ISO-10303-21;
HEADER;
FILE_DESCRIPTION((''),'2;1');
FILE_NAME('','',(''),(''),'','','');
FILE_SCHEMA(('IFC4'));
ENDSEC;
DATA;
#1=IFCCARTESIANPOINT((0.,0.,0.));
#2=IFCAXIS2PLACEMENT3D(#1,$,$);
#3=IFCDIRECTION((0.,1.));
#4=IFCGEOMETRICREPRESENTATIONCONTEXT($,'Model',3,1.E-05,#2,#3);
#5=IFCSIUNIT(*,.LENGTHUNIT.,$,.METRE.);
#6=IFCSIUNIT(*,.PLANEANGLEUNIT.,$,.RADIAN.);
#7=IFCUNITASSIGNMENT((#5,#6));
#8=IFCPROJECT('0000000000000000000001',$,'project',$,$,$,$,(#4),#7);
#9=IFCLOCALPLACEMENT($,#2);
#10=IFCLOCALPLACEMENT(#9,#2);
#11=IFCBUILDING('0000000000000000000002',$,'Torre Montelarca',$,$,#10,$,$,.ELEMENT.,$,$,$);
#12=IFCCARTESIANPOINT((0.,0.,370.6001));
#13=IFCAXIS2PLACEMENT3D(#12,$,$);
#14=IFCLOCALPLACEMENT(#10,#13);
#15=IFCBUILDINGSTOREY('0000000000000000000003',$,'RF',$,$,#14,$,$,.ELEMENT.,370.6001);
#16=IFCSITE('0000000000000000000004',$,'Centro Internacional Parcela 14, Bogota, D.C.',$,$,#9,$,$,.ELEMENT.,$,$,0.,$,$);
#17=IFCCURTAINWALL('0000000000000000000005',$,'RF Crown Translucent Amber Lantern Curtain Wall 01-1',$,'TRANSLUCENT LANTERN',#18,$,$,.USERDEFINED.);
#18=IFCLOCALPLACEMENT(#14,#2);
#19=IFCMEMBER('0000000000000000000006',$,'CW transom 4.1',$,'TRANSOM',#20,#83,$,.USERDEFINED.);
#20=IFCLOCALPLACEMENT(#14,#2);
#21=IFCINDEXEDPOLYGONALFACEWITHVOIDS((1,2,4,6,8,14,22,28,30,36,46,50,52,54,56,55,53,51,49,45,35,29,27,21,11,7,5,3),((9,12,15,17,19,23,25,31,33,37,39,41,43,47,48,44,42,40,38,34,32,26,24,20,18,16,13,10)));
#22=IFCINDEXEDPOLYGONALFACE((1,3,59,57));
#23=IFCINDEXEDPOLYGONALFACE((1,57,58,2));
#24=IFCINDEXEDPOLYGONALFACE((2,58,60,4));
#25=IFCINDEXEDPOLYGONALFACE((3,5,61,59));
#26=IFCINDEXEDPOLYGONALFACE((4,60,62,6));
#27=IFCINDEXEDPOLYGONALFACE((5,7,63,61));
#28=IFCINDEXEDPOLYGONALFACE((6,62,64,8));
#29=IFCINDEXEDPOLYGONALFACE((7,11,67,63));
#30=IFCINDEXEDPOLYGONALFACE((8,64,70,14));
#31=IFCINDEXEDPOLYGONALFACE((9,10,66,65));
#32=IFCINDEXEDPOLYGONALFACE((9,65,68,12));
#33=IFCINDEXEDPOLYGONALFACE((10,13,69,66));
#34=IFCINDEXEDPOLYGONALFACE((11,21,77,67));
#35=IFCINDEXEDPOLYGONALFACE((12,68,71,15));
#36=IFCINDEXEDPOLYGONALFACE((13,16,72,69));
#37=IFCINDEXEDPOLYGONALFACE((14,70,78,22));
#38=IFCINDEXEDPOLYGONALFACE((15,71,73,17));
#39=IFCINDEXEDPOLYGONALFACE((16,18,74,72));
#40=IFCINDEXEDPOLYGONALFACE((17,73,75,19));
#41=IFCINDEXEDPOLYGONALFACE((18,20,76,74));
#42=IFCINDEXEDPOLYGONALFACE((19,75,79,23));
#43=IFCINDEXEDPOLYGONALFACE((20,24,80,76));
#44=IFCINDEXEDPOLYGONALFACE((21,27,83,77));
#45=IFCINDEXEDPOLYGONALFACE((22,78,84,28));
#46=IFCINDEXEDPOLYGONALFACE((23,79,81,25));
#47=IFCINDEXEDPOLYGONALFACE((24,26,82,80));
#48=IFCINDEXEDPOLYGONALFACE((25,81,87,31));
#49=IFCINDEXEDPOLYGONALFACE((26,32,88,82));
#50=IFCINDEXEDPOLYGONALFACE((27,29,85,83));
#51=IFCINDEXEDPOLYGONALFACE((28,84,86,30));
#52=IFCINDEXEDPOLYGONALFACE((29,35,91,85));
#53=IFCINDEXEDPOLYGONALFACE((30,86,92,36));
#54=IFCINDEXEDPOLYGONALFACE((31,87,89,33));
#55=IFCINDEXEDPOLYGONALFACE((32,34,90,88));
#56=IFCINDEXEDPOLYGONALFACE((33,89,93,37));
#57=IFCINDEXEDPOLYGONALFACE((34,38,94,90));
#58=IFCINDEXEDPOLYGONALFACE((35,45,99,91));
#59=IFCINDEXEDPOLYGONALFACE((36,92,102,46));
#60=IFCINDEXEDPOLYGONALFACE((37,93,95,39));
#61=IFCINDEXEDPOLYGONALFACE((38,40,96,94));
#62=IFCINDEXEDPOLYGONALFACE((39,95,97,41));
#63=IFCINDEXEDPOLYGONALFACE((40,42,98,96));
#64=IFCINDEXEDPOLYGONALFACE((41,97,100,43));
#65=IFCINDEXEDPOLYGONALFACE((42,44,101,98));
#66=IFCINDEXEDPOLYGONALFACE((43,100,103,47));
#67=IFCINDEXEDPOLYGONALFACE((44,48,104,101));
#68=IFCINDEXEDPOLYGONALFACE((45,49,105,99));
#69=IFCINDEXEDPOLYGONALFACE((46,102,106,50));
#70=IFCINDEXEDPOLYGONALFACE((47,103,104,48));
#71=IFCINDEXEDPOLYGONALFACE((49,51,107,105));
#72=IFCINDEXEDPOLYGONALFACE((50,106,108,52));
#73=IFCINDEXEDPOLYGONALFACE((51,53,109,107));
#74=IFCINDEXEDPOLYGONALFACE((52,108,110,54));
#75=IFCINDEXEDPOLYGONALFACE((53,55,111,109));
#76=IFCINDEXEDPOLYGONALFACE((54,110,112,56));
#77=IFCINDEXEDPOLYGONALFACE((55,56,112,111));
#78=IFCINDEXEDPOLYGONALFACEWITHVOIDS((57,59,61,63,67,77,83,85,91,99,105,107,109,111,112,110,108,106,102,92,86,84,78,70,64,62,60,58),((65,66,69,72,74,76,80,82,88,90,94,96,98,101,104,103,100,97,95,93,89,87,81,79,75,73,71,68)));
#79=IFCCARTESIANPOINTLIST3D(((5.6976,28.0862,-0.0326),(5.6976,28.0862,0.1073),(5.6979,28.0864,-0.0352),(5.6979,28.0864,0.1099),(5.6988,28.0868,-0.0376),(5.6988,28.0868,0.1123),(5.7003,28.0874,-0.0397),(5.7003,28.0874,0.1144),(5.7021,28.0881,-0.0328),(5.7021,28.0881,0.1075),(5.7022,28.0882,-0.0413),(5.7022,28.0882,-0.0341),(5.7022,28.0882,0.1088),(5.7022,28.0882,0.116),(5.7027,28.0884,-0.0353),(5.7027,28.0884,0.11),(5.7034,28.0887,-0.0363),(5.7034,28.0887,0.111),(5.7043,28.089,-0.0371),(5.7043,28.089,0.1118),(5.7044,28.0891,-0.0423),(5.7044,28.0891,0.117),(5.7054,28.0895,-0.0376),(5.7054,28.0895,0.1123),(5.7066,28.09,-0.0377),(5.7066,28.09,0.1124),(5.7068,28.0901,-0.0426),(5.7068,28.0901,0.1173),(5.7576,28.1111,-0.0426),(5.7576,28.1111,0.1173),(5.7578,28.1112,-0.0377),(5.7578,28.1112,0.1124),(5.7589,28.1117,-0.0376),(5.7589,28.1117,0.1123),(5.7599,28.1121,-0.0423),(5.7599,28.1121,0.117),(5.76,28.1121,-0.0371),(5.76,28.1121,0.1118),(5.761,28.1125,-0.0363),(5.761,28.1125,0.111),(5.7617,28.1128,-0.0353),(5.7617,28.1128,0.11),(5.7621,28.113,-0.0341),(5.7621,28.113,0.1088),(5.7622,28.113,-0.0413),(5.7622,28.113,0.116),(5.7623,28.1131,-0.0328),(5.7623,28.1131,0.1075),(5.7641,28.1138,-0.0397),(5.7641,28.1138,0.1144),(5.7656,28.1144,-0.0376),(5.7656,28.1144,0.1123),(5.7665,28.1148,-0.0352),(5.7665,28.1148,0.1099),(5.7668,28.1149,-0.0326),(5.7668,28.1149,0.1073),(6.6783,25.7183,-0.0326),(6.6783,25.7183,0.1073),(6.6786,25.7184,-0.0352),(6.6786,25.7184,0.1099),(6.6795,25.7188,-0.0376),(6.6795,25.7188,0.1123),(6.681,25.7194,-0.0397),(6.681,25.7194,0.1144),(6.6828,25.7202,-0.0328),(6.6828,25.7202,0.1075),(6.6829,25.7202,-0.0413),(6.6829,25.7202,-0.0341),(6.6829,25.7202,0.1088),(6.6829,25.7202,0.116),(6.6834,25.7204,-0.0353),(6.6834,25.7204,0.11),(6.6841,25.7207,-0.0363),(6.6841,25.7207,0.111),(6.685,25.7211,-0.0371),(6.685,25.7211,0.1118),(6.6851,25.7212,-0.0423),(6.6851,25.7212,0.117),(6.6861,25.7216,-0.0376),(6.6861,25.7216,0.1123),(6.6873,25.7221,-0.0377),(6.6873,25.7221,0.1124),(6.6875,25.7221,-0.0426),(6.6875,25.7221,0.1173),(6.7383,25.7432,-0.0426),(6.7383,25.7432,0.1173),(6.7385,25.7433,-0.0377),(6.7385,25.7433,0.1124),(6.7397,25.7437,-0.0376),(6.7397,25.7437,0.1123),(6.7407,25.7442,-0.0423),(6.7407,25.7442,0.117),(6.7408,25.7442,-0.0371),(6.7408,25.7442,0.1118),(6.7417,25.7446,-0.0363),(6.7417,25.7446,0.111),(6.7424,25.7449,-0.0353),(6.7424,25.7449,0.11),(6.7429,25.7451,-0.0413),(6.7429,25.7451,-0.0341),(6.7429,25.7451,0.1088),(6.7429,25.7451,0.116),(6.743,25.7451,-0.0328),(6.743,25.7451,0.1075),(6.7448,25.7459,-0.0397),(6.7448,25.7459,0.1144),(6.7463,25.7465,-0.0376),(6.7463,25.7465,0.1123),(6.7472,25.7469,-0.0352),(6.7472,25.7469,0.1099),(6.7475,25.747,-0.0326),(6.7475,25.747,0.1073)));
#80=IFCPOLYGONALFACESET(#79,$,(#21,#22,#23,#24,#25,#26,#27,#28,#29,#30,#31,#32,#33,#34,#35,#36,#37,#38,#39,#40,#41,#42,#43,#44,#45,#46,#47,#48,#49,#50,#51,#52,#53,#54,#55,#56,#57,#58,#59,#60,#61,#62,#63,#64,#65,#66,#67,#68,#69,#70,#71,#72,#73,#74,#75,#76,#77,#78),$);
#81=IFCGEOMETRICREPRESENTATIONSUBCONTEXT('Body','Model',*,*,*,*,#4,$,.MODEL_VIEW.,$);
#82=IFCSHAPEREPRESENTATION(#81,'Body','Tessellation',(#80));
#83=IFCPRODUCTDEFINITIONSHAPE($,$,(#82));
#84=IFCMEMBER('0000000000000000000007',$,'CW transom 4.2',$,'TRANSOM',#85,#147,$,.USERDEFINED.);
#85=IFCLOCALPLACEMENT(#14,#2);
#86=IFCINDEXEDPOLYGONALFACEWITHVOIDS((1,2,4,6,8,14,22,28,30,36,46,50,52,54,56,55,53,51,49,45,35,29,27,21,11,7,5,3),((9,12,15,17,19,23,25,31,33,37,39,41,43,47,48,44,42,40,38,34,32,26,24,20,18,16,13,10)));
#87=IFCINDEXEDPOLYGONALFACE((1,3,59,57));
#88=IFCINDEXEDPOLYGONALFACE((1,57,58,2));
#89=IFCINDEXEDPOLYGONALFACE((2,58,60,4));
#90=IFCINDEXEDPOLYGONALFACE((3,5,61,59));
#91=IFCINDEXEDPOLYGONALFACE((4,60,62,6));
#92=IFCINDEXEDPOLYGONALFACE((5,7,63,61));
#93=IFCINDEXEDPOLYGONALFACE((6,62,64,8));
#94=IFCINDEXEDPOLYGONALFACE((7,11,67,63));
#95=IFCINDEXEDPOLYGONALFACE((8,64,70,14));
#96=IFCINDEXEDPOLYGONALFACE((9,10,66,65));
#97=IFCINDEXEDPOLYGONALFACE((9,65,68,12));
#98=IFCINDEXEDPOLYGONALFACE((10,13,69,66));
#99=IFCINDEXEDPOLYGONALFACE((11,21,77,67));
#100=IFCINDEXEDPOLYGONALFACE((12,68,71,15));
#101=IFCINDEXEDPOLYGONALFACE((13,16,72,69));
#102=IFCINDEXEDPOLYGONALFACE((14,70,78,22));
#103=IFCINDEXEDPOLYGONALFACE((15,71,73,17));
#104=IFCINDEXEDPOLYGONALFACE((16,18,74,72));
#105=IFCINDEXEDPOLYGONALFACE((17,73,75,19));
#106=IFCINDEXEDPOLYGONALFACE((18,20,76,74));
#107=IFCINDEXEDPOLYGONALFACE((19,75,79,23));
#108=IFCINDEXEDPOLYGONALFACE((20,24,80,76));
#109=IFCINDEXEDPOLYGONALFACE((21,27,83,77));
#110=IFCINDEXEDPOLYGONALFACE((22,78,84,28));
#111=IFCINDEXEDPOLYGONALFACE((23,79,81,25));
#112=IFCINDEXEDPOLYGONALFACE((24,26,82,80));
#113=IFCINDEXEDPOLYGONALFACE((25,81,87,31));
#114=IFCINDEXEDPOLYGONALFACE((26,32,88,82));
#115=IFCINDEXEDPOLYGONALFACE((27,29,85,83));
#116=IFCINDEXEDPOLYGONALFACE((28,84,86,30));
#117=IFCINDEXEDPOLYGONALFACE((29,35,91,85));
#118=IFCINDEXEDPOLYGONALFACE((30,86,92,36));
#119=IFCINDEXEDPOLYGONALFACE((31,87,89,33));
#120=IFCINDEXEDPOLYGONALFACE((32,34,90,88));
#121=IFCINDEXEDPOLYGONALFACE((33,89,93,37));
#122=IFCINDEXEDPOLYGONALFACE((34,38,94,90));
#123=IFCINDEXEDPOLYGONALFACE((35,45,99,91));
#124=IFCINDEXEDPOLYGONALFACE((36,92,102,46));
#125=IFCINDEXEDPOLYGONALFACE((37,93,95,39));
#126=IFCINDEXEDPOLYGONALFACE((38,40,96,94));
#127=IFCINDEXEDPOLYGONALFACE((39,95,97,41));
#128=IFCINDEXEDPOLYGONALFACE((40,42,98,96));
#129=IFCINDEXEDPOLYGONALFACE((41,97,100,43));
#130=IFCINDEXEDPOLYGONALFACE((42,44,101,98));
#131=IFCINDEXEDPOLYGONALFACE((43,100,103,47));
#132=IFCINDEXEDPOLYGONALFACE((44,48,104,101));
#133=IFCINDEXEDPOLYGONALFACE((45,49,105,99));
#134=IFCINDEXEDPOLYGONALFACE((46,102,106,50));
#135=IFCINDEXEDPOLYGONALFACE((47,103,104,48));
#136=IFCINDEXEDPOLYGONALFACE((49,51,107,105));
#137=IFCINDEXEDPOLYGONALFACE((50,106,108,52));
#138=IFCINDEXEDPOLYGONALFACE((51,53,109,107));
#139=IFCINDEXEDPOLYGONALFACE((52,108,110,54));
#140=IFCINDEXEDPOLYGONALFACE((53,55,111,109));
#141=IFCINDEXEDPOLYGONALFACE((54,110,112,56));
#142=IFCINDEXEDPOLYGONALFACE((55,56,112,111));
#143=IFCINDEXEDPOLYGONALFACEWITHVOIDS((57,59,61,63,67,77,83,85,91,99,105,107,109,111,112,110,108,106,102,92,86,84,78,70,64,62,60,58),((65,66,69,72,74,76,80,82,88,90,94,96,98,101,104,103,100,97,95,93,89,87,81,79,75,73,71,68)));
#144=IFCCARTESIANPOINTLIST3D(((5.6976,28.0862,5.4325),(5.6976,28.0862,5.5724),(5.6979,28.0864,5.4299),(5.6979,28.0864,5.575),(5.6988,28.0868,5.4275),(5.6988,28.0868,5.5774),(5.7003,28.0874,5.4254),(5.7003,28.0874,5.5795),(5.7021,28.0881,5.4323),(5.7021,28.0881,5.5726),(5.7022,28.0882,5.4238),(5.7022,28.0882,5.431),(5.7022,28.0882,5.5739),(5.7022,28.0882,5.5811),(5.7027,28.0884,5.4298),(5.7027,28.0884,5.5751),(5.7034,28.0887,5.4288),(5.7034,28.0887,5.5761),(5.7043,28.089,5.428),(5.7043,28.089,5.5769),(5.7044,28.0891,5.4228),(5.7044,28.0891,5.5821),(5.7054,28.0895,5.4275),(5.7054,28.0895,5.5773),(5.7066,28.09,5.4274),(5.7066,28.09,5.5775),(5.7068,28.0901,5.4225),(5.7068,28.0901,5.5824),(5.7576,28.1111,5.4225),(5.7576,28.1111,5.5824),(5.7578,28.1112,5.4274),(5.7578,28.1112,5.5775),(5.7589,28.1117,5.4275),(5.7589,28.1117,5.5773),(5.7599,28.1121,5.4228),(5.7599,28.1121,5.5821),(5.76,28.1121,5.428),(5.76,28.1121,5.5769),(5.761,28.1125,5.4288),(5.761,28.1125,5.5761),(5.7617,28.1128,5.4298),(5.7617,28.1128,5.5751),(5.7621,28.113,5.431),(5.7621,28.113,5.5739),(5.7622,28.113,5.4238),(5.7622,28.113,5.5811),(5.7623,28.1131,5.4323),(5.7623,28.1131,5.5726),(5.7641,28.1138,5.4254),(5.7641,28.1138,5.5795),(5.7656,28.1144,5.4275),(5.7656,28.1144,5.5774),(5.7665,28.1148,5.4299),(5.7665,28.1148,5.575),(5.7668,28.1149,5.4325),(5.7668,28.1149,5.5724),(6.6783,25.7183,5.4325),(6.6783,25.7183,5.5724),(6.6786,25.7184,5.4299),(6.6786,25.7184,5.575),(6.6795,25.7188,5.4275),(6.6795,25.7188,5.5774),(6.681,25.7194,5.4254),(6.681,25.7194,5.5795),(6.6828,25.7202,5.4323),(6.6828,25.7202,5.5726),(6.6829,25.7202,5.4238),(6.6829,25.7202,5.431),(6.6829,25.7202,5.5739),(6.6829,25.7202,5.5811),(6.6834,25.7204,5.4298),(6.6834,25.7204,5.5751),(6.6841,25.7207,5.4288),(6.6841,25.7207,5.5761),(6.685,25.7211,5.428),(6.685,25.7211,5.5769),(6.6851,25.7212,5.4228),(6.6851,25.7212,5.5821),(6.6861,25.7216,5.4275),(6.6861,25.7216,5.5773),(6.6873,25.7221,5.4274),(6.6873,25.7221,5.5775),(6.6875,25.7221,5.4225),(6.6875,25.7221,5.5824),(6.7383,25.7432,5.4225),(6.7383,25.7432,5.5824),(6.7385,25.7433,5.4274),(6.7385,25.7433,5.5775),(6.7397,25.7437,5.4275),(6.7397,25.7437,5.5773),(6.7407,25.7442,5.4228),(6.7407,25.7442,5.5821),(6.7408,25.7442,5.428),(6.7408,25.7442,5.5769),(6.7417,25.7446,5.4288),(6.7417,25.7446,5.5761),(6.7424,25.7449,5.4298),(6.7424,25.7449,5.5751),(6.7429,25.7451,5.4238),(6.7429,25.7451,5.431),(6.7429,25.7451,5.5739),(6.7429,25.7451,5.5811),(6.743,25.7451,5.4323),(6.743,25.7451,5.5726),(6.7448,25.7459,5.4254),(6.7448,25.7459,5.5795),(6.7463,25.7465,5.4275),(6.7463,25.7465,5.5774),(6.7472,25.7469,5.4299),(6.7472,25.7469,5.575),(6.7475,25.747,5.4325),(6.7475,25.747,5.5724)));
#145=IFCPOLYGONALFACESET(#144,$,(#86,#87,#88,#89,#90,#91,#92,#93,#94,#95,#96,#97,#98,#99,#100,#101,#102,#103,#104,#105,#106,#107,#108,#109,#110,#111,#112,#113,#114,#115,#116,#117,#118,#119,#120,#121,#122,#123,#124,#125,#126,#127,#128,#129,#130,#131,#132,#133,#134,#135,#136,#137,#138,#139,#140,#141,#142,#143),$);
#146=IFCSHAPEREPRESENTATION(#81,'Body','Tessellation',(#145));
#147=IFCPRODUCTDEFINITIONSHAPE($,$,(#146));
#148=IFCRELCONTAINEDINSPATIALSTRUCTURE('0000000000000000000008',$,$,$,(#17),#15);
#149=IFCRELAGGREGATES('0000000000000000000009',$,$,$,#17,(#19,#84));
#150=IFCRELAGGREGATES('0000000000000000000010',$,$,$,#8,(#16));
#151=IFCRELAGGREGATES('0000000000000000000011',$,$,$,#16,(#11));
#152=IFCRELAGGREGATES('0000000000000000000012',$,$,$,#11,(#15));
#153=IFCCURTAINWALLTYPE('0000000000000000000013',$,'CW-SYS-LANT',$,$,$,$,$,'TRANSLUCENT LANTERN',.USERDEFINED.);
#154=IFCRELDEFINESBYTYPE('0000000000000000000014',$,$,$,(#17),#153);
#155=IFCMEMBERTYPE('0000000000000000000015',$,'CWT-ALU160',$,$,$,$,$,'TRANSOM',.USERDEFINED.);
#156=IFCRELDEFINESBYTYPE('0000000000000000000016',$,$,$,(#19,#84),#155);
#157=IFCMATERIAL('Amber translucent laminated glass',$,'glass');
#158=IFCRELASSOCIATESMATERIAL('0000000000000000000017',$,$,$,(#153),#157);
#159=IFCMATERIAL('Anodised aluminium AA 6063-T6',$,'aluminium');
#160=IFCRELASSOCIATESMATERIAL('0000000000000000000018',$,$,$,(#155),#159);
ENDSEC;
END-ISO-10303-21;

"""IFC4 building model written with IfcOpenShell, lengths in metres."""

from ifc_helpers import new_model, si_unit, direction, frame, origin, origin_2d, place, context, subcontext, project, spatial, hollow_rectangle, extrude, source, transform, mapped, material, material_profile, profile_set, type_object, element, aggregate, save


model = new_model("IFC4")

# Units and contexts
model_context = context("Model", 3, precision=1e-05, world=origin(), true_north=direction((0.0, 1.0)))
body_context = subcontext(model_context, "Body", "Model", "MODEL_VIEW")
ifc_project = project(units=[si_unit("LENGTHUNIT", "METRE"), si_unit("PLANEANGLEUNIT", "RADIAN")], contexts=[model_context])

# Site, building, storey
site_placement = place(None, origin())
site = spatial("IfcSite", under=ifc_project, at=site_placement, Name="Centro Internacional Parcela 14, Bogota, D.C.", CompositionType="ELEMENT", RefElevation=0.0)
building_placement = place(site_placement, origin())
building = spatial("IfcBuilding", under=site, at=building_placement, Name="Torre Montelarca", CompositionType="ELEMENT")
storey_placement = place(building_placement, frame((0.0, 0.0, 370.6001)))
storey = spatial("IfcBuildingStorey", under=building, at=storey_placement, Name="RF", CompositionType="ELEMENT", Elevation=370.6001)

# Curtain wall, members
ifc_material_1 = material(Name="Amber translucent laminated glass", Category="glass")
curtain_wall_type = type_object("IfcCurtainWallType", Name="CW-SYS-LANT", ElementType="TRANSLUCENT LANTERN", PredefinedType="USERDEFINED", material=ifc_material_1)
curtain_wall_placement = place(storey_placement, origin())
curtain_wall = element("IfcCurtainWall", 1, at=curtain_wall_placement, inside=storey, type_object=curtain_wall_type, Name="RF Crown Translucent Amber Lantern Curtain Wall 01-1", ObjectType="TRANSLUCENT LANTERN", PredefinedType="USERDEFINED")
ifc_material_2 = material(Name="Anodised aluminium AA 6063-T6", Category="aluminium")
ifc_material_profile_1 = material_profile(ifc_material_2, hollow_rectangle(XDim=0.075, YDim=0.1599, WallThickness=0.0049, InnerFilletRadius=0.0049, OuterFilletRadius=0.01, at=origin_2d()), Name="ALU75X160X5", Category="aluminium")
ifc_profile_set_1 = profile_set([ifc_material_profile_1], Name="Anodised aluminium AA 6063-T6")
member_type_1 = type_object("IfcMemberType", Name="CWT-ALU160", ElementType="TRANSOM", PredefinedType="USERDEFINED", material=ifc_profile_set_1)
shared_shape_1 = source(origin(), body_context, "Body", "SweptSolid", [
    extrude(hollow_rectangle(XDim=0.075, YDim=0.1599, WallThickness=0.0049, InnerFilletRadius=0.0049, OuterFilletRadius=0.01, at=origin_2d()), origin(), (0.0, 0.0, 1.0), 2.563),
])
member_1_placement = place(storey_placement, frame((5.7322, 28.1006, 0.0374), z_axis=(0.382646, -0.923895, 0.0), x_axis=(0.923895, 0.382646, 0.0)))
member_1 = element("IfcMember", 2, at=member_1_placement, type_object=member_type_1, Name="CW transom 4.1", ObjectType="TRANSOM", PredefinedType="USERDEFINED", context=body_context, shape_type="MappedRepresentation", body=[
    mapped(shared_shape_1, transform((0.0, 0.0, 0.0), scale=1.0)),
])
member_2_placement = place(storey_placement, frame((5.7322, 28.1006, 5.5024), z_axis=(0.382646, -0.923895, 0.0), x_axis=(0.923895, 0.382646, 0.0)))
member_2 = element("IfcMember", 3, at=member_2_placement, type_object=member_type_1, Name="CW transom 4.2", ObjectType="TRANSOM", PredefinedType="USERDEFINED", context=body_context, shape_type="MappedRepresentation", body=[
    mapped(shared_shape_1, transform((0.0, 0.0, 0.0), scale=1.0)),
])

aggregate(curtain_wall, [member_1, member_2])

save(model, "model.ifc")
